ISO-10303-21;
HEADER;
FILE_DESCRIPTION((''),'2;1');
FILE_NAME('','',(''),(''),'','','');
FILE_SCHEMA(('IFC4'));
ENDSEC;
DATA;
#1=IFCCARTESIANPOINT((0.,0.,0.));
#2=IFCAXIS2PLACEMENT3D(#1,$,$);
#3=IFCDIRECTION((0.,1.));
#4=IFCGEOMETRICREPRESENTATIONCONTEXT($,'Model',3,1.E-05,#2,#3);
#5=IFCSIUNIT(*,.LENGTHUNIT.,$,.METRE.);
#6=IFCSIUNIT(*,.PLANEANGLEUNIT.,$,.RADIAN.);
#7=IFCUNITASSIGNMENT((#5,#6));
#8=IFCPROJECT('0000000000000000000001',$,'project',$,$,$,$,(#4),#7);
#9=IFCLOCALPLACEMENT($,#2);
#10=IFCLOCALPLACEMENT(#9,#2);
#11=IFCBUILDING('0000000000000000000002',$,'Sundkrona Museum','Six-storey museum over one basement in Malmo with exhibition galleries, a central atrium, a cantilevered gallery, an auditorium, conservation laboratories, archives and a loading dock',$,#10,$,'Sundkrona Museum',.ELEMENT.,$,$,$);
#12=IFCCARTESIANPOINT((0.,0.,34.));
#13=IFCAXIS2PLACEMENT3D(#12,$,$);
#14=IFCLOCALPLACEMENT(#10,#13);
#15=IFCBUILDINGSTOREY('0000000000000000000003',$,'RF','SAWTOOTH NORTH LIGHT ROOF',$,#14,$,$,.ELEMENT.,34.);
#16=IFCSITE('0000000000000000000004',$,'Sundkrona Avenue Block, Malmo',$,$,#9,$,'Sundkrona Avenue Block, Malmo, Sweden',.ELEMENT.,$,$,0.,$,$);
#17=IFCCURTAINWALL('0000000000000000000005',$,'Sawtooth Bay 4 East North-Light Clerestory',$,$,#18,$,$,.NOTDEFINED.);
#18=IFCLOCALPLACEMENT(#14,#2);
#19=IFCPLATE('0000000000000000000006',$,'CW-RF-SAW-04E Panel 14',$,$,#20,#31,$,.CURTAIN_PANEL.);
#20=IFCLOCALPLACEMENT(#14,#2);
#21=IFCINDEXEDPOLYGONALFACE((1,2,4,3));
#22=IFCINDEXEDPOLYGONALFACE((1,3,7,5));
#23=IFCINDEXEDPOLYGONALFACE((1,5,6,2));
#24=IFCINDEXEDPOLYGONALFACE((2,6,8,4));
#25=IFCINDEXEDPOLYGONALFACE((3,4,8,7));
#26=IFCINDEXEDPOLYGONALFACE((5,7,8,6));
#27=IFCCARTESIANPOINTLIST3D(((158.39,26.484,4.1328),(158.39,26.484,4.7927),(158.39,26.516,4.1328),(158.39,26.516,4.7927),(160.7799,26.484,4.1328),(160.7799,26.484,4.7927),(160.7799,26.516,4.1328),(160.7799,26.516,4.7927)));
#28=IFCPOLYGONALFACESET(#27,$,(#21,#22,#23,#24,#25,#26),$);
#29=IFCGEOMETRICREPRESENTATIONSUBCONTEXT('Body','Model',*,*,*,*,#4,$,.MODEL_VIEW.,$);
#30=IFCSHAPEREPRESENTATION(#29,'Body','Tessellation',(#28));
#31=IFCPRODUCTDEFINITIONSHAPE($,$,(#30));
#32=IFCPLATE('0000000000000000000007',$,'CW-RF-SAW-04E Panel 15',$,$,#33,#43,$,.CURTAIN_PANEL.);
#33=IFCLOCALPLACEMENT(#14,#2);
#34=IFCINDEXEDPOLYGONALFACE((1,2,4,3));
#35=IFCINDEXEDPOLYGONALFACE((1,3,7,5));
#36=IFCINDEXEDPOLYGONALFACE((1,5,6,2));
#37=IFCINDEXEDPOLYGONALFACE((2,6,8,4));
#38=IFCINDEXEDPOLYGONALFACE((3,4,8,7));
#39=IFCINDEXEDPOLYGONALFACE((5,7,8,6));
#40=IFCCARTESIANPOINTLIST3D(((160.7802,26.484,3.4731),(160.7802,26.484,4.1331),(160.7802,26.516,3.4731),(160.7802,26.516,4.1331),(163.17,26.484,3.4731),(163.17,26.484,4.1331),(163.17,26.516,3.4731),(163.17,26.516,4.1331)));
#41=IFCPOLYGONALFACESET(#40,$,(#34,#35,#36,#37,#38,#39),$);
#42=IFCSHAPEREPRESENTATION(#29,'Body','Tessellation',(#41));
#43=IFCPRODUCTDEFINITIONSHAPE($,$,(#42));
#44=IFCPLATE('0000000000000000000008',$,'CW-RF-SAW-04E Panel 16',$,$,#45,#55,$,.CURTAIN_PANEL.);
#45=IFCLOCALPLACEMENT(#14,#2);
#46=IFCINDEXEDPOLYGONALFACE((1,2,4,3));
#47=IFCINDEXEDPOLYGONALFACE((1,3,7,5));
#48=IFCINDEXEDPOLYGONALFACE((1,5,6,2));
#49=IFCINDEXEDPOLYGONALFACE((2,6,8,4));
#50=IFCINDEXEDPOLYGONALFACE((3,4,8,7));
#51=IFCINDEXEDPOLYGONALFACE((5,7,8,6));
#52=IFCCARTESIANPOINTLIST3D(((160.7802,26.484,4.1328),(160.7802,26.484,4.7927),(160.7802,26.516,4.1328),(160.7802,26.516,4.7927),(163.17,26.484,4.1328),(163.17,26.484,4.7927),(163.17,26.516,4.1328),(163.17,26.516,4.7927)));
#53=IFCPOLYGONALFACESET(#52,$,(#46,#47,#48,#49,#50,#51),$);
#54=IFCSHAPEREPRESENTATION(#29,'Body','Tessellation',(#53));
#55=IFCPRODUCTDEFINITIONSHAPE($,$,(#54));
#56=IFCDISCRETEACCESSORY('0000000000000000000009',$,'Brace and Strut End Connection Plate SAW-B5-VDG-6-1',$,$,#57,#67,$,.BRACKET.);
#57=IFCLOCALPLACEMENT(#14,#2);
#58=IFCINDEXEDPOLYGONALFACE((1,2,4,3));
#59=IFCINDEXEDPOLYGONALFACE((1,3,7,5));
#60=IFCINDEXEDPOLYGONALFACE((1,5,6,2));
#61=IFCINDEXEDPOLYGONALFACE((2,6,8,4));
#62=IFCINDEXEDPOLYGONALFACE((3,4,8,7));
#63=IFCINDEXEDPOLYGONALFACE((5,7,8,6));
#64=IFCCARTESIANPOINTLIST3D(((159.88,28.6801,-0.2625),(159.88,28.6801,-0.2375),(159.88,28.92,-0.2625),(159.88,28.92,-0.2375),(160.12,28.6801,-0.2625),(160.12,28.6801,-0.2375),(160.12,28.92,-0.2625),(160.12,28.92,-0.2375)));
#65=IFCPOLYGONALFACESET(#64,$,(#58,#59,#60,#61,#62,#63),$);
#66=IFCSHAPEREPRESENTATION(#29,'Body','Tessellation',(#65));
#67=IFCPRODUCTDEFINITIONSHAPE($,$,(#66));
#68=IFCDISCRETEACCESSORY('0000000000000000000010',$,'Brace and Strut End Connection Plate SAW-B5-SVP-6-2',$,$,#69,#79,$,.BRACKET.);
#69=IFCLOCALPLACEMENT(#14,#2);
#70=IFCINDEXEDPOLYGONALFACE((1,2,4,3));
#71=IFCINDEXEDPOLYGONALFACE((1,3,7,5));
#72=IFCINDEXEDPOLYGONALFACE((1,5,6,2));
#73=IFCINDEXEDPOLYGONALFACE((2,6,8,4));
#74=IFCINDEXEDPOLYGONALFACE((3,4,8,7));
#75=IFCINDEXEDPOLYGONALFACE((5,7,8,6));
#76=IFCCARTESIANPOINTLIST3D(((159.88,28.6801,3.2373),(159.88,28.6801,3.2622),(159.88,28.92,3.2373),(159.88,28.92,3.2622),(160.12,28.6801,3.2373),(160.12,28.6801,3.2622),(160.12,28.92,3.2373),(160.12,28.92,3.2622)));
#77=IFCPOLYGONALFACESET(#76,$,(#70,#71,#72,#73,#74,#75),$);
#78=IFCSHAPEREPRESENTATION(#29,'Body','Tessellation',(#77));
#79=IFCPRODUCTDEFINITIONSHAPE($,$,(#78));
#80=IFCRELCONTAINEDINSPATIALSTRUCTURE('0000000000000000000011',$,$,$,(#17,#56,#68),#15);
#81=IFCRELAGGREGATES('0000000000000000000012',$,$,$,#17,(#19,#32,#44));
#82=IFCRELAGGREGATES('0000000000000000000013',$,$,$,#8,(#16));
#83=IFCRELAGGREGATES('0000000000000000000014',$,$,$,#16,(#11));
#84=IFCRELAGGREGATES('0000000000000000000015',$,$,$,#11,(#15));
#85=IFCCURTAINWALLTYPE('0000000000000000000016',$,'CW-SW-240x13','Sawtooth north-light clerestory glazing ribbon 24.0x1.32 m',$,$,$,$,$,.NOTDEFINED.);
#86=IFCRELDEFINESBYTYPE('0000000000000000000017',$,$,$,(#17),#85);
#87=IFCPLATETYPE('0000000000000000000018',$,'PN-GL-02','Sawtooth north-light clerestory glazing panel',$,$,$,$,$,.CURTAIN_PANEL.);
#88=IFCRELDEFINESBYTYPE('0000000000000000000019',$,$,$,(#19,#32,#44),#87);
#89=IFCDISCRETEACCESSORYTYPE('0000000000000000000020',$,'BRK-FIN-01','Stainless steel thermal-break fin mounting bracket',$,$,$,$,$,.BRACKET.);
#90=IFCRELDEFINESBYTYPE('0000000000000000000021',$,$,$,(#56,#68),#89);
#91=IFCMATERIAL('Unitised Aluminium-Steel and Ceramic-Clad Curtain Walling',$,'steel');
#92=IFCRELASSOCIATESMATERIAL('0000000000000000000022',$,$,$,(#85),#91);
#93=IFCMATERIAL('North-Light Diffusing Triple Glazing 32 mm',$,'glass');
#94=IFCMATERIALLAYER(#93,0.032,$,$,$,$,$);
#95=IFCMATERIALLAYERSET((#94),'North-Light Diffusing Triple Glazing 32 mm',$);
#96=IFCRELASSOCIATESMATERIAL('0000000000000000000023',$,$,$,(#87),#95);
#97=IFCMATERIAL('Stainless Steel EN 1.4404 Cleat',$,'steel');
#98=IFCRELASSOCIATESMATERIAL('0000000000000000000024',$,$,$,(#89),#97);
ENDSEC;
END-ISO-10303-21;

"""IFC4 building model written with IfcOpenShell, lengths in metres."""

from ifc_helpers import new_model, si_unit, direction, frame, origin, origin_2d, place, context, subcontext, project, spatial, rectangle, extrude, material, layer, layer_set, type_object, element, aggregate, save


model = new_model("IFC4")

# Units and contexts
model_context = context("Model", 3, precision=1e-05, world=origin(), true_north=direction((0.0, 1.0)))
body_context = subcontext(model_context, "Body", "Model", "MODEL_VIEW")
ifc_project = project(units=[si_unit("LENGTHUNIT", "METRE"), si_unit("PLANEANGLEUNIT", "RADIAN")], contexts=[model_context])

# Site, building, storey
site_placement = place(None, origin())
site = spatial("IfcSite", under=ifc_project, at=site_placement, Name="Sundkrona Avenue Block, Malmo", LongName="Sundkrona Avenue Block, Malmo, Sweden", CompositionType="ELEMENT", RefElevation=0.0)
building_placement = place(site_placement, origin())
building = spatial("IfcBuilding", under=site, at=building_placement, Name="Sundkrona Museum", Description="Six-storey museum over one basement in Malmo with exhibition galleries, a central atrium, a cantilevered gallery, an auditorium, conservation laboratories, archives and a loading dock", LongName="Sundkrona Museum", CompositionType="ELEMENT")
storey_placement = place(building_placement, frame((0.0, 0.0, 34.0)))
storey = spatial("IfcBuildingStorey", under=building, at=storey_placement, Name="RF", Description="SAWTOOTH NORTH LIGHT ROOF", CompositionType="ELEMENT", Elevation=34.0)

# Curtain wall
ifc_material_1 = material(Name="Unitised Aluminium-Steel and Ceramic-Clad Curtain Walling", Category="steel")
curtain_wall_type = type_object("IfcCurtainWallType", Name="CW-SW-240x13", Description="Sawtooth north-light clerestory glazing ribbon 24.0x1.32 m", PredefinedType="NOTDEFINED", material=ifc_material_1)
curtain_wall_placement = place(storey_placement, origin())
curtain_wall = element("IfcCurtainWall", 1, at=curtain_wall_placement, inside=storey, type_object=curtain_wall_type, Name="Sawtooth Bay 4 East North-Light Clerestory", PredefinedType="NOTDEFINED")

# Plates
ifc_material_2 = material(Name="North-Light Diffusing Triple Glazing 32 mm", Category="glass")
ifc_layer = layer(ifc_material_2, 0.032)
ifc_layer_set = layer_set([ifc_layer], Name="North-Light Diffusing Triple Glazing 32 mm")
plate_type = type_object("IfcPlateType", Name="PN-GL-02", Description="Sawtooth north-light clerestory glazing panel", PredefinedType="CURTAIN_PANEL", material=ifc_layer_set)
plate_1_placement = place(storey_placement, frame((159.585, 26.5, 4.1328), z_axis=(0.0, 0.0, 1.0), x_axis=(1.0, 0.0, 0.0)))
plate_1 = element("IfcPlate", 2, at=plate_1_placement, type_object=plate_type, Name="CW-RF-SAW-04E Panel 14", PredefinedType="CURTAIN_PANEL", context=body_context, shape_type="SweptSolid", body=[
    extrude(rectangle(XDim=2.3899, YDim=0.032, at=origin_2d()), origin(), (0.0, 0.0, 1.0), 0.6599),
])
plate_2_placement = place(storey_placement, frame((161.9751, 26.5, 3.4731), z_axis=(0.0, 0.0, 1.0), x_axis=(1.0, 0.0, 0.0)))
plate_2 = element("IfcPlate", 3, at=plate_2_placement, type_object=plate_type, Name="CW-RF-SAW-04E Panel 15", PredefinedType="CURTAIN_PANEL", context=body_context, shape_type="SweptSolid", body=[
    extrude(rectangle(XDim=2.3899, YDim=0.032, at=origin_2d()), origin(), (0.0, 0.0, 1.0), 0.6599),
])
plate_3_placement = place(storey_placement, frame((161.9751, 26.5, 4.1328), z_axis=(0.0, 0.0, 1.0), x_axis=(1.0, 0.0, 0.0)))
plate_3 = element("IfcPlate", 4, at=plate_3_placement, type_object=plate_type, Name="CW-RF-SAW-04E Panel 16", PredefinedType="CURTAIN_PANEL", context=body_context, shape_type="SweptSolid", body=[
    extrude(rectangle(XDim=2.3899, YDim=0.032, at=origin_2d()), origin(), (0.0, 0.0, 1.0), 0.6599),
])
aggregate(curtain_wall, [plate_1, plate_2, plate_3])

# Discrete accessories
ifc_material_3 = material(Name="Stainless Steel EN 1.4404 Cleat", Category="steel")
discrete_accessory_type = type_object("IfcDiscreteAccessoryType", Name="BRK-FIN-01", Description="Stainless steel thermal-break fin mounting bracket", PredefinedType="BRACKET", material=ifc_material_3)
for number, where, z_axis, x_axis, name in (
    (5, (160.0, 28.8, -0.2625), (0.0, 0.0, 1.0), (1.0, 0.0, 0.0), "Brace and Strut End Connection Plate SAW-B5-VDG-6-1"),
    (6, (160.0, 28.8, 3.2373), (0.0, 0.0, 1.0), (1.0, 0.0, 0.0), "Brace and Strut End Connection Plate SAW-B5-SVP-6-2"),
):
    element("IfcDiscreteAccessory", number, at=place(storey_placement, frame(where, z_axis=z_axis, x_axis=x_axis)), inside=storey, type_object=discrete_accessory_type, Name=name, PredefinedType="BRACKET", context=body_context, shape_type="SweptSolid", body=[
        extrude(rectangle(XDim=0.24, YDim=0.24, at=origin_2d()), origin(), (0.0, 0.0, 1.0), 0.0249),
    ])

save(model, "model.ifc")
